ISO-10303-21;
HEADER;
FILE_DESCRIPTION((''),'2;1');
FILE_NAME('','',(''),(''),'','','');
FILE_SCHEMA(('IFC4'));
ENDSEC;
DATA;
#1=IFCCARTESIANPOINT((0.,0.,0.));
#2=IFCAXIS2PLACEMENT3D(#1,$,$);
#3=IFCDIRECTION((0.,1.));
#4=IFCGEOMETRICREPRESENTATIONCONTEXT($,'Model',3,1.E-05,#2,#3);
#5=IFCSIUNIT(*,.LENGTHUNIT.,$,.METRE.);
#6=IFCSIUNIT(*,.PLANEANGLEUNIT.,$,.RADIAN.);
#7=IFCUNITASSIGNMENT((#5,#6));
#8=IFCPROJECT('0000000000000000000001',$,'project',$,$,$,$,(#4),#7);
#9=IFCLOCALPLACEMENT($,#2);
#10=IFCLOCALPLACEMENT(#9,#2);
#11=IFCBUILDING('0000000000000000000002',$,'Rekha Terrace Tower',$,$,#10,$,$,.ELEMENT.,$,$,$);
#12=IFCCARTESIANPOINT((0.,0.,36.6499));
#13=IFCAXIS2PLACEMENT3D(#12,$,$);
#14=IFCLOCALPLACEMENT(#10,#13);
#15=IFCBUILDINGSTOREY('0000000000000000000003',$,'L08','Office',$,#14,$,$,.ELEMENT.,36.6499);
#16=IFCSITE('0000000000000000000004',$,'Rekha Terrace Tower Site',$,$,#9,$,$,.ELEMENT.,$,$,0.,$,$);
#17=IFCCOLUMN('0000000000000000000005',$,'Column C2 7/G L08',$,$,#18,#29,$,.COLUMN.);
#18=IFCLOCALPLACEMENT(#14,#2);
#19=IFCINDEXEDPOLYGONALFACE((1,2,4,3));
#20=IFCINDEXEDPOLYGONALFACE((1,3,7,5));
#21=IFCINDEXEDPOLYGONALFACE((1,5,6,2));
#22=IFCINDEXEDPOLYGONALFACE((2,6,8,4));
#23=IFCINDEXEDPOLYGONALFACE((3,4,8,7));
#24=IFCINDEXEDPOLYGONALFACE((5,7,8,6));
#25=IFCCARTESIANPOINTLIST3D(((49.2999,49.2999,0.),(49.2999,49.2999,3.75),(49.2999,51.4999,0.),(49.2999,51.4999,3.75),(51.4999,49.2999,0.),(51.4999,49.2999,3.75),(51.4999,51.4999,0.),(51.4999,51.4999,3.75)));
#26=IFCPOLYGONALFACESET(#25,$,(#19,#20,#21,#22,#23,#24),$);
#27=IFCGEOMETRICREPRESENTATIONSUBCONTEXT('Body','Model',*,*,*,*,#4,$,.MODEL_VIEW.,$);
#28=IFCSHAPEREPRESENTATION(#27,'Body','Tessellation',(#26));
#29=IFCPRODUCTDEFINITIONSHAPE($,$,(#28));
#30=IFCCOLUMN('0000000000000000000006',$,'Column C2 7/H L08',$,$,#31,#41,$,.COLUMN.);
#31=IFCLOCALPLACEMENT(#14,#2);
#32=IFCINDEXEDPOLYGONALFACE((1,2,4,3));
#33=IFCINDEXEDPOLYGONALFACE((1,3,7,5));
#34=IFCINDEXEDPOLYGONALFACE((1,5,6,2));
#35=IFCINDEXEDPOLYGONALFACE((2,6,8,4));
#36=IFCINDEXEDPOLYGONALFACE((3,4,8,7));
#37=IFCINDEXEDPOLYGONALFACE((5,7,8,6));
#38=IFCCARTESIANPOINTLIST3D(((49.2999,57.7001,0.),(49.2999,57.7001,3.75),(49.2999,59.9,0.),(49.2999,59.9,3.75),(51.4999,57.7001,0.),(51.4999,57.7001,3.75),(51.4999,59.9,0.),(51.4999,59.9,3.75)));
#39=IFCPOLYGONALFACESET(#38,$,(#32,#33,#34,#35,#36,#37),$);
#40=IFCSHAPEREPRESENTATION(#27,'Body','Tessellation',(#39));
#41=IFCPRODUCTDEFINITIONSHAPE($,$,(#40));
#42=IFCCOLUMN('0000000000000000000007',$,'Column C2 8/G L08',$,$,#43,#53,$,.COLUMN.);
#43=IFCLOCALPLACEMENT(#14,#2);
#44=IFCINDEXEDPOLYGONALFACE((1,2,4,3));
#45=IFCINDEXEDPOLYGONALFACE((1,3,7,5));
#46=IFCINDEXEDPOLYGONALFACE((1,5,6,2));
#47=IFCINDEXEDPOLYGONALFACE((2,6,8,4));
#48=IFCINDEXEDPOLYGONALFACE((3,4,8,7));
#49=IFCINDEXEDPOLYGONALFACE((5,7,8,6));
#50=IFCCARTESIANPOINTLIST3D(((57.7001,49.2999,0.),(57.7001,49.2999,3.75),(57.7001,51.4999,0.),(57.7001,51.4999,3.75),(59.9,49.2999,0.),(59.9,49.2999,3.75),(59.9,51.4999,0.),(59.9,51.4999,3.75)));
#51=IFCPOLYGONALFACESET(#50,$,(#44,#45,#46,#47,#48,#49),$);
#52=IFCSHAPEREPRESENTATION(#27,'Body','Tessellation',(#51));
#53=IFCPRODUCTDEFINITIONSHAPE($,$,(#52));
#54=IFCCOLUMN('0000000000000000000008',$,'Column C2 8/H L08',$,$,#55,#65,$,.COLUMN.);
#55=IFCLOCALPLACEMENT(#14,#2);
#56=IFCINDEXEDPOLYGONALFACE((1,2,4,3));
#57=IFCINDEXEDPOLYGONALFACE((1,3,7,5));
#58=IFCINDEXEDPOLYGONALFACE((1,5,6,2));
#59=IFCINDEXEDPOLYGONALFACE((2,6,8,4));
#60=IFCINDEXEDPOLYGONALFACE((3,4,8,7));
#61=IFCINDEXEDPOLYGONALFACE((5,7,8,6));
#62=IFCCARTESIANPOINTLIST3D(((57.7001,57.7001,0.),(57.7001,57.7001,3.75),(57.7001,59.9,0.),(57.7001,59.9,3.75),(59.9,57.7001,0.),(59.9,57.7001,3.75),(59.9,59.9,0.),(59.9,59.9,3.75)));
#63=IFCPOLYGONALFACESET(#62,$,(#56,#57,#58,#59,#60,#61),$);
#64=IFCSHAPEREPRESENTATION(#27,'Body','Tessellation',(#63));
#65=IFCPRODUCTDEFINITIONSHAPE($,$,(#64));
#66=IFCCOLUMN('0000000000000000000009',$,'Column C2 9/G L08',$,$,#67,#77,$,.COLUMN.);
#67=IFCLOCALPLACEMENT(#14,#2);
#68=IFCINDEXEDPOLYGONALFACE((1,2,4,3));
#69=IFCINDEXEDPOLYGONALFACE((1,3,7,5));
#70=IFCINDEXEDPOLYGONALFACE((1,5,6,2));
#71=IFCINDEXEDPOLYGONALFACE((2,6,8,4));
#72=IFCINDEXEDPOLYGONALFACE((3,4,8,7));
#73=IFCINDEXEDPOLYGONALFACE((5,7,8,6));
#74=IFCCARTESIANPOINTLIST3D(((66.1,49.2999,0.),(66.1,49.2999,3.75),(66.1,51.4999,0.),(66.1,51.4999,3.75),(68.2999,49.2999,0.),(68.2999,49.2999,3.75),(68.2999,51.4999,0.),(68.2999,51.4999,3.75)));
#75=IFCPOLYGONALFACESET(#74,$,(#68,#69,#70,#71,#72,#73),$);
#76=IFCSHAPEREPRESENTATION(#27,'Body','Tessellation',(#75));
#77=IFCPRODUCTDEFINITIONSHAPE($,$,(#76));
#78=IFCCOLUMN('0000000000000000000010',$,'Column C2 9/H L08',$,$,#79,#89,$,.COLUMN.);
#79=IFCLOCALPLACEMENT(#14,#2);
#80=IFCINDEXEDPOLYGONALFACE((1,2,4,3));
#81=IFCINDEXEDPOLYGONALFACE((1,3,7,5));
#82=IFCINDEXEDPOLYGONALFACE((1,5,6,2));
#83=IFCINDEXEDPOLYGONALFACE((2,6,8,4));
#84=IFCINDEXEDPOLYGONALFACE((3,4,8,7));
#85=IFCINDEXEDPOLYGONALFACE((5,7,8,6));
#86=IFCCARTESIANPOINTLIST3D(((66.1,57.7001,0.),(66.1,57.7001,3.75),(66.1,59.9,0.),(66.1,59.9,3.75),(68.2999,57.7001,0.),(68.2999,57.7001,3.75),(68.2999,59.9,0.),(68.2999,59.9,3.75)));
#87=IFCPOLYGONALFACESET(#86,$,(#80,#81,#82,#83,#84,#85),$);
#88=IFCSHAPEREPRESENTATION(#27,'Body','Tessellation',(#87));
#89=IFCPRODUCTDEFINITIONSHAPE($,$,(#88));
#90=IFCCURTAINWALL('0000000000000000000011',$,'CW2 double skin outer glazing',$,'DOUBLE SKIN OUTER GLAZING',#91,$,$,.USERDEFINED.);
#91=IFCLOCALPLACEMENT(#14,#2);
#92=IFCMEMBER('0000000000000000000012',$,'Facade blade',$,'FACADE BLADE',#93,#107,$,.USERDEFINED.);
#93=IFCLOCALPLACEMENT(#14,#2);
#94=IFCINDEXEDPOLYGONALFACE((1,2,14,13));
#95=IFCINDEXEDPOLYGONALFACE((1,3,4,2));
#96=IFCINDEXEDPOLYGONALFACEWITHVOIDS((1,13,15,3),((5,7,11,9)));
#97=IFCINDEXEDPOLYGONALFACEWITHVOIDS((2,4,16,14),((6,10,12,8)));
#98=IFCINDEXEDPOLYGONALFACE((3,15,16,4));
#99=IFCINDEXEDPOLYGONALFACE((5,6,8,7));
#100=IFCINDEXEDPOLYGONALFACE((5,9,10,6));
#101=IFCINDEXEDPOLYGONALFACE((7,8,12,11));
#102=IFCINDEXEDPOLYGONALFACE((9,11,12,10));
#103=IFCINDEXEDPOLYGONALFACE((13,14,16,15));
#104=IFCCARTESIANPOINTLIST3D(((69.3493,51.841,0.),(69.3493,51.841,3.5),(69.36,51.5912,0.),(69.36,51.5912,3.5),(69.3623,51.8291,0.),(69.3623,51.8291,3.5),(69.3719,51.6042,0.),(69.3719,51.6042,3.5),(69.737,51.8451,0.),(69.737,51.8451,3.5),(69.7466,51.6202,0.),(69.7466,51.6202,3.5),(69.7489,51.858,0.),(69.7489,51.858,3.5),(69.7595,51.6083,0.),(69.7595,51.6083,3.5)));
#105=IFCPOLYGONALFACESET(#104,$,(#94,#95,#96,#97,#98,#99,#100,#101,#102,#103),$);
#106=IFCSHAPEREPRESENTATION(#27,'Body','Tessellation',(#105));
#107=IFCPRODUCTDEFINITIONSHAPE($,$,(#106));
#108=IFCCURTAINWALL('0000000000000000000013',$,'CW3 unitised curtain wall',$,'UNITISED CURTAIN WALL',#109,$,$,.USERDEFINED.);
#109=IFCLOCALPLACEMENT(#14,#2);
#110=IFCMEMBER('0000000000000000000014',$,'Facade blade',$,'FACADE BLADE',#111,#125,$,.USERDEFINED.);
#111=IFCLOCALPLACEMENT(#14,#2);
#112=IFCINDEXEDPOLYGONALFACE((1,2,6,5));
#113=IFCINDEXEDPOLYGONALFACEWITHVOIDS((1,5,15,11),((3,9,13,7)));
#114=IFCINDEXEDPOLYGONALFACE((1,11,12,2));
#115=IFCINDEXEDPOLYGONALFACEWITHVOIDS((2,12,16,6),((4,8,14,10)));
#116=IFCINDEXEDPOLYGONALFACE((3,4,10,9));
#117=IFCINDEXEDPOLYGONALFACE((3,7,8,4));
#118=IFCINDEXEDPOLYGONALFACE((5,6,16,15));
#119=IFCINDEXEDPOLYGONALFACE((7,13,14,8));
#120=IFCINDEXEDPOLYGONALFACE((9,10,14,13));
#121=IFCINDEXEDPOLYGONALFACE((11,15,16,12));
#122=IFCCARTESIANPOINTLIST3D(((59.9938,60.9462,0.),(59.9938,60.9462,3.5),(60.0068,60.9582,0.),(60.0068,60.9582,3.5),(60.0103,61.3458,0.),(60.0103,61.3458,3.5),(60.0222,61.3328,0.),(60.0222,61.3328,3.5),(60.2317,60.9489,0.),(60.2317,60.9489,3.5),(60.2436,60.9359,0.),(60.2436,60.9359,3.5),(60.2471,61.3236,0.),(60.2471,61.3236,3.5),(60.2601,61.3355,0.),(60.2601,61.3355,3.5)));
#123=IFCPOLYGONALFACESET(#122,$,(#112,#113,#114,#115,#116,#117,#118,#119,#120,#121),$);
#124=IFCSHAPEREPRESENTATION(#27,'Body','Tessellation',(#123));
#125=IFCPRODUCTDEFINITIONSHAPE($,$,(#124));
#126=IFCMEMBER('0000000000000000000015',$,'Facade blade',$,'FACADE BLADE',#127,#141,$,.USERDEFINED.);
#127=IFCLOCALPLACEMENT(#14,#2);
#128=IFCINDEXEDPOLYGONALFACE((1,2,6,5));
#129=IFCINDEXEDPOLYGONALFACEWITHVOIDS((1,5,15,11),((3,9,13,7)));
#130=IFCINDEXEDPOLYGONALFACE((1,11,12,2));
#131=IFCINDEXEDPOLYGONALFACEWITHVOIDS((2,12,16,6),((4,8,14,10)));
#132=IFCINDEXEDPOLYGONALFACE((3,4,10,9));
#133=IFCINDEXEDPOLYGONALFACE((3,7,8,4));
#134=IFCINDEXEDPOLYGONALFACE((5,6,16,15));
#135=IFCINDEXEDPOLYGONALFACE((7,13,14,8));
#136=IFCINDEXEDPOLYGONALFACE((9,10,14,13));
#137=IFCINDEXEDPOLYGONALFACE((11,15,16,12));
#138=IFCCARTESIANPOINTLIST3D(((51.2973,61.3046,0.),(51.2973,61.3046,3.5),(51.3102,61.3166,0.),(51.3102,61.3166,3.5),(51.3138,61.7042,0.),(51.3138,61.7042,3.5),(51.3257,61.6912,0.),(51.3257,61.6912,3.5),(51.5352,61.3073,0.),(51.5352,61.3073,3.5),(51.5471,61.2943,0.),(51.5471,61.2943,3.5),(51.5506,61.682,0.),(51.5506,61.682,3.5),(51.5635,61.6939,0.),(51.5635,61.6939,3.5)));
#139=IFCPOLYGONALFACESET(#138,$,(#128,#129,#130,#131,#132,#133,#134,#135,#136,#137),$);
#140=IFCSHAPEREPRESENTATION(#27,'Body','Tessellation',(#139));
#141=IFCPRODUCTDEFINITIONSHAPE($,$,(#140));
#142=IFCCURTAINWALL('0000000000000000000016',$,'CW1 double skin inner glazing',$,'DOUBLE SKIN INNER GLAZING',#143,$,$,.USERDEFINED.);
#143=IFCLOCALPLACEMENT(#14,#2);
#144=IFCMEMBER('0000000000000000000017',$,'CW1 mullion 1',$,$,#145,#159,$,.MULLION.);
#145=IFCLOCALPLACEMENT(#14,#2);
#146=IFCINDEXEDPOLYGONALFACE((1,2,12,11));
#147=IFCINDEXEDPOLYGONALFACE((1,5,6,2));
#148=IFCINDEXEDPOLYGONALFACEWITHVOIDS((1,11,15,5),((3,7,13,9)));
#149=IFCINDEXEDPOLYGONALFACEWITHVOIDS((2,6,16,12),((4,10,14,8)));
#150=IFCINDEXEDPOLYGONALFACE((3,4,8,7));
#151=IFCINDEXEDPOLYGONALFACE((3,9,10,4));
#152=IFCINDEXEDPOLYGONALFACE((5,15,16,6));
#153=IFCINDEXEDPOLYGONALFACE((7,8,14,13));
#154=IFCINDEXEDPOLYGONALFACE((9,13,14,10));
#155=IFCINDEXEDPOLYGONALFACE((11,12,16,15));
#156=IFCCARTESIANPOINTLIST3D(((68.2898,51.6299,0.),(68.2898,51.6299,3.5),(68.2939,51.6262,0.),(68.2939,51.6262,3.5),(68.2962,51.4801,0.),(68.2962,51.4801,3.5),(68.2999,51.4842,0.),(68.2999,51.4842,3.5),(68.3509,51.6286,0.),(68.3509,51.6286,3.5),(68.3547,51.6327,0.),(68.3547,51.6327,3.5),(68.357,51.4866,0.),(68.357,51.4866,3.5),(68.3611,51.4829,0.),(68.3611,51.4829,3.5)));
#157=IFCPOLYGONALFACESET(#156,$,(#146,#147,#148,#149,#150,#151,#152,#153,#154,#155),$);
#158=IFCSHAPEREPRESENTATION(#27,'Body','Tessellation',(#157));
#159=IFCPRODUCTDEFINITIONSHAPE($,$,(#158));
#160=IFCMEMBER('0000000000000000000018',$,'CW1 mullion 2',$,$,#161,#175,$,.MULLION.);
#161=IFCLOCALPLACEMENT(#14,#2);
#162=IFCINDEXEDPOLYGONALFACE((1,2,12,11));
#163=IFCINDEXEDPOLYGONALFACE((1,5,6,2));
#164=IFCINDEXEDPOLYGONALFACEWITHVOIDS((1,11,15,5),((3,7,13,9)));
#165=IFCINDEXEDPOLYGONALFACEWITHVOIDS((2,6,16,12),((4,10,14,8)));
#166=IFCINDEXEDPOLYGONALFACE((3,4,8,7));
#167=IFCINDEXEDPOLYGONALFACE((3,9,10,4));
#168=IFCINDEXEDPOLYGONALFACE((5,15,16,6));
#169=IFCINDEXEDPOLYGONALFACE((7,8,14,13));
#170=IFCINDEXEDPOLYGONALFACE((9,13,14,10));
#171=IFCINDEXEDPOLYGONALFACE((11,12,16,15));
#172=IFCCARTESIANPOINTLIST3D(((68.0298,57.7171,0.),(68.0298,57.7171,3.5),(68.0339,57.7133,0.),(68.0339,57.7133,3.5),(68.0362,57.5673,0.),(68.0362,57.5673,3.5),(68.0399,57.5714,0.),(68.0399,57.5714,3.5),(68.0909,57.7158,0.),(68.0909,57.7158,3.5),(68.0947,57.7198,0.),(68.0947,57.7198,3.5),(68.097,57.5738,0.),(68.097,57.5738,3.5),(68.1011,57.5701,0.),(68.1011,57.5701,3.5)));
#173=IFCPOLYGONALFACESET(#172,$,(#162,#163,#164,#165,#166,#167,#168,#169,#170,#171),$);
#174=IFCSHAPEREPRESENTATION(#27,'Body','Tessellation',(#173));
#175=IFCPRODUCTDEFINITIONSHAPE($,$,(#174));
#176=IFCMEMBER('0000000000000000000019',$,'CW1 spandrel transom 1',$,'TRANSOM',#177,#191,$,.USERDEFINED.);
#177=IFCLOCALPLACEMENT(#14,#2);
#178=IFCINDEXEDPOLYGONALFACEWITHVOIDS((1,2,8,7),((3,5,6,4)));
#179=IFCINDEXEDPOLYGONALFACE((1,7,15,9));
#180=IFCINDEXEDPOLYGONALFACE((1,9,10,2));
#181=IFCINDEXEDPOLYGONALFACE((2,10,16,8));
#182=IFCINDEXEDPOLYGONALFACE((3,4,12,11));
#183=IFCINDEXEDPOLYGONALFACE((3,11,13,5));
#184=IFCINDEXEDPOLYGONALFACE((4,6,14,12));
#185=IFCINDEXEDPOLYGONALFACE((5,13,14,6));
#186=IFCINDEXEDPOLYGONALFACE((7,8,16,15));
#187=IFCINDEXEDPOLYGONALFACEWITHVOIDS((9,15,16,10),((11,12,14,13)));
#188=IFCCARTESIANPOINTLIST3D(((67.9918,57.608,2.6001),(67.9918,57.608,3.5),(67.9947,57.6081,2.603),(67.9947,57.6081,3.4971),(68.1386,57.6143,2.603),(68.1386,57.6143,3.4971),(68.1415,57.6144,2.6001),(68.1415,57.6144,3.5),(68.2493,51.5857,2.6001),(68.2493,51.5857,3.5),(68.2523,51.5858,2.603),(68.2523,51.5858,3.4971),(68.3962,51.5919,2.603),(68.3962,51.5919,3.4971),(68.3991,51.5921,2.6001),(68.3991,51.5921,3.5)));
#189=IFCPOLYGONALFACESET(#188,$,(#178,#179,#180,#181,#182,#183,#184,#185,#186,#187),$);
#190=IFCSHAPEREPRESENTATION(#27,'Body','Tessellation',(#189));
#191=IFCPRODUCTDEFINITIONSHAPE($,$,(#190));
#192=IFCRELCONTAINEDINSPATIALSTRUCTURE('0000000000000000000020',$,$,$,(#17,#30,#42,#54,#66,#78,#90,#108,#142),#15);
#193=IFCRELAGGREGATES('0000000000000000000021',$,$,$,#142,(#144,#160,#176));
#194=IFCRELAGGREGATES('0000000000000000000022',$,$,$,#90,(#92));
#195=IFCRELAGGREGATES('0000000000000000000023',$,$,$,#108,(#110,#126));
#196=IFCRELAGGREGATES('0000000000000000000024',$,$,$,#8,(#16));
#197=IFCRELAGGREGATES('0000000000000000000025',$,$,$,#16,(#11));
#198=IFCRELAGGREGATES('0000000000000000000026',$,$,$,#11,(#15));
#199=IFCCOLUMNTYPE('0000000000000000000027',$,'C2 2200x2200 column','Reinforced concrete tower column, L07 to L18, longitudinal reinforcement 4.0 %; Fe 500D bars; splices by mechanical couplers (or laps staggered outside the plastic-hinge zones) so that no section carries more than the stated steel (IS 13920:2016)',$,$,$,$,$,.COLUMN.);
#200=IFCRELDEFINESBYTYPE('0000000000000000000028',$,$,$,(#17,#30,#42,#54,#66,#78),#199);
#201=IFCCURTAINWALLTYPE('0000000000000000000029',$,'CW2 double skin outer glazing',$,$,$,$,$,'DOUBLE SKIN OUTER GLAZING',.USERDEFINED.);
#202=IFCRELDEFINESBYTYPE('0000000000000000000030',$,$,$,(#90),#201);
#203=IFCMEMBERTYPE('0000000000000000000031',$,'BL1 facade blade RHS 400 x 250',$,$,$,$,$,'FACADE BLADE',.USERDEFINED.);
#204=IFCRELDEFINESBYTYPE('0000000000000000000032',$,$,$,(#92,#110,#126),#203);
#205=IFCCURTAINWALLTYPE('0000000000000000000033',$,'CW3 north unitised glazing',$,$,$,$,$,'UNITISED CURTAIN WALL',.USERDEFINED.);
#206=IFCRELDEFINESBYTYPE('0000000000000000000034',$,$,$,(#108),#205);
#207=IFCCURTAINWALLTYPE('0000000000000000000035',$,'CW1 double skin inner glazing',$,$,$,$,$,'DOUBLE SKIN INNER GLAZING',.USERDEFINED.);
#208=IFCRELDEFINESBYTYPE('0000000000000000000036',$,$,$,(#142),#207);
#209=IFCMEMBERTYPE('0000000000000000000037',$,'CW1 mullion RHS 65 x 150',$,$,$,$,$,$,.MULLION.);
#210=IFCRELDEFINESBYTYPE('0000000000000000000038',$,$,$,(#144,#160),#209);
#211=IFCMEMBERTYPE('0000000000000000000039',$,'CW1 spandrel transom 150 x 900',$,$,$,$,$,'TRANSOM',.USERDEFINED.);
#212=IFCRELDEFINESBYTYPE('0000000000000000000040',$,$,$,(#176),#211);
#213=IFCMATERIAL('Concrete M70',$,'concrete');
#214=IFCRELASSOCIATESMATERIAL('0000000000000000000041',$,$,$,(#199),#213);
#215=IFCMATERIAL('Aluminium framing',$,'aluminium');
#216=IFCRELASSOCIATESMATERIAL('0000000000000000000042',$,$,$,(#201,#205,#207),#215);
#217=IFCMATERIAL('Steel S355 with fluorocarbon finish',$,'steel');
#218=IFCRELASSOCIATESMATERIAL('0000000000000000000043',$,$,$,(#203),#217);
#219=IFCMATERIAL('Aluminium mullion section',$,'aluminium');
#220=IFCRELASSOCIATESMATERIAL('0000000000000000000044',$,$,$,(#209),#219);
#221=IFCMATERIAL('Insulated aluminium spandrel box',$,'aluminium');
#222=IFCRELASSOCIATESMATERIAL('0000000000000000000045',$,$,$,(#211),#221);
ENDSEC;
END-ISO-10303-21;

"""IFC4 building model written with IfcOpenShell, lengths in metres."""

from ifc_helpers import new_model, si_unit, direction, frame, origin, origin_2d, place, context, subcontext, project, spatial, rectangle, hollow_rectangle, extrude, material, material_profile, profile_set, type_object, element, aggregate, save


model = new_model("IFC4")

# Units and contexts
model_context = context("Model", 3, precision=1e-05, world=origin(), true_north=direction((0.0, 1.0)))
body_context = subcontext(model_context, "Body", "Model", "MODEL_VIEW")
ifc_project = project(units=[si_unit("LENGTHUNIT", "METRE"), si_unit("PLANEANGLEUNIT", "RADIAN")], contexts=[model_context])

# Site, building, storey
site_placement = place(None, origin())
site = spatial("IfcSite", under=ifc_project, at=site_placement, Name="Rekha Terrace Tower Site", CompositionType="ELEMENT", RefElevation=0.0)
building_placement = place(site_placement, origin())
building = spatial("IfcBuilding", under=site, at=building_placement, Name="Rekha Terrace Tower", CompositionType="ELEMENT")
storey_placement = place(building_placement, frame((0.0, 0.0, 36.6499)))
storey = spatial("IfcBuildingStorey", under=building, at=storey_placement, Name="L08", Description="Office", CompositionType="ELEMENT", Elevation=36.6499)

# Columns
ifc_material_1 = material(Name="Concrete M70", Category="concrete")
ifc_material_profile_1 = material_profile(ifc_material_1, rectangle(XDim=2.2, YDim=2.2, at=origin_2d()), Name="RC 2200x2200")
ifc_profile_set_1 = profile_set([ifc_material_profile_1], Name="Concrete M70")
column_type = type_object("IfcColumnType", Name="C2 2200x2200 column", Description="Reinforced concrete tower column, L07 to L18, longitudinal reinforcement 4.0 %; Fe 500D bars; splices by mechanical couplers (or laps staggered outside the plastic-hinge zones) so that no section carries more than the stated steel (IS 13920:2016)", PredefinedType="COLUMN", material=ifc_profile_set_1)
for number, where, z_axis, x_axis, name in (
    (1, (50.3999, 50.3999, 0.0), (0.0, 0.0, 1.0), (1.0, 0.0, 0.0), "Column C2 7/G L08"),
    (2, (50.3999, 58.8, 0.0), (0.0, 0.0, 1.0), (1.0, 0.0, 0.0), "Column C2 7/H L08"),
    (3, (58.8, 50.3999, 0.0), (0.0, 0.0, 1.0), (1.0, 0.0, 0.0), "Column C2 8/G L08"),
    (4, (58.8, 58.8, 0.0), (0.0, 0.0, 1.0), (1.0, 0.0, 0.0), "Column C2 8/H L08"),
    (5, (67.2, 50.3999, 0.0), (0.0, 0.0, 1.0), (1.0, 0.0, 0.0), "Column C2 9/G L08"),
    (6, (67.2, 58.8, 0.0), (0.0, 0.0, 1.0), (1.0, 0.0, 0.0), "Column C2 9/H L08"),
):
    element("IfcColumn", number, at=place(storey_placement, frame(where, z_axis=z_axis, x_axis=x_axis)), inside=storey, type_object=column_type, Name=name, PredefinedType="COLUMN", context=body_context, shape_type="SweptSolid", body=[
        extrude(rectangle(XDim=2.2, YDim=2.2, at=origin_2d()), origin(), (0.0, 0.0, 1.0), 3.75),
    ])

# Curtain wall, member
ifc_material_2 = material(Name="Aluminium framing", Category="aluminium")
curtain_wall_type_1 = type_object("IfcCurtainWallType", Name="CW2 double skin outer glazing", ElementType="DOUBLE SKIN OUTER GLAZING", PredefinedType="USERDEFINED", material=ifc_material_2)
curtain_wall_1_placement = place(storey_placement, origin())
curtain_wall_1 = element("IfcCurtainWall", 7, at=curtain_wall_1_placement, inside=storey, type_object=curtain_wall_type_1, Name="CW2 double skin outer glazing", ObjectType="DOUBLE SKIN OUTER GLAZING", PredefinedType="USERDEFINED")
ifc_material_3 = material(Name="Steel S355 with fluorocarbon finish", Category="steel")
ifc_material_profile_2 = material_profile(ifc_material_3, hollow_rectangle(XDim=0.25, YDim=0.3999, WallThickness=0.0125, at=origin_2d()), Name="RHS400x250x12.5")
ifc_profile_set_2 = profile_set([ifc_material_profile_2], Name="Steel S355 with fluorocarbon finish")
member_type_1 = type_object("IfcMemberType", Name="BL1 facade blade RHS 400 x 250", ElementType="FACADE BLADE", PredefinedType="USERDEFINED", material=ifc_profile_set_2)
member_1_placement = place(storey_placement, frame((69.5544, 51.7246, 0.0), z_axis=(0.0, 0.0, 1.0), x_axis=(-0.042695, 0.999088, 0.0)))
member_1 = element("IfcMember", 8, at=member_1_placement, type_object=member_type_1, Name="Facade blade", ObjectType="FACADE BLADE", PredefinedType="USERDEFINED", context=body_context, shape_type="SweptSolid", body=[
    extrude(hollow_rectangle(XDim=0.25, YDim=0.3999, WallThickness=0.0125, at=origin_2d()), origin(), (0.0, 0.0, 1.0), 3.5),
])

# Curtain walls, members
curtain_wall_type_2 = type_object("IfcCurtainWallType", Name="CW3 north unitised glazing", ElementType="UNITISED CURTAIN WALL", PredefinedType="USERDEFINED", material=ifc_material_2)
curtain_wall_2_placement = place(storey_placement, origin())
curtain_wall_2 = element("IfcCurtainWall", 9, at=curtain_wall_2_placement, inside=storey, type_object=curtain_wall_type_2, Name="CW3 unitised curtain wall", ObjectType="UNITISED CURTAIN WALL", PredefinedType="USERDEFINED")
member_2_placement = place(storey_placement, frame((60.127, 61.1409, 0.0), z_axis=(0.0, 0.0, 1.0), x_axis=(-0.999152, 0.041175, 0.0)))
member_2 = element("IfcMember", 10, at=member_2_placement, type_object=member_type_1, Name="Facade blade", ObjectType="FACADE BLADE", PredefinedType="USERDEFINED", context=body_context, shape_type="SweptSolid", body=[
    extrude(hollow_rectangle(XDim=0.25, YDim=0.3999, WallThickness=0.0125, at=origin_2d()), origin(), (0.0, 0.0, 1.0), 3.5),
])
member_3_placement = place(storey_placement, frame((51.4304, 61.4993, 0.0), z_axis=(0.0, 0.0, 1.0), x_axis=(-0.999152, 0.041175, 0.0)))
member_3 = element("IfcMember", 11, at=member_3_placement, type_object=member_type_1, Name="Facade blade", ObjectType="FACADE BLADE", PredefinedType="USERDEFINED", context=body_context, shape_type="SweptSolid", body=[
    extrude(hollow_rectangle(XDim=0.25, YDim=0.3999, WallThickness=0.0125, at=origin_2d()), origin(), (0.0, 0.0, 1.0), 3.5),
])
curtain_wall_type_3 = type_object("IfcCurtainWallType", Name="CW1 double skin inner glazing", ElementType="DOUBLE SKIN INNER GLAZING", PredefinedType="USERDEFINED", material=ifc_material_2)
curtain_wall_3_placement = place(storey_placement, origin())
curtain_wall_3 = element("IfcCurtainWall", 12, at=curtain_wall_3_placement, inside=storey, type_object=curtain_wall_type_3, Name="CW1 double skin inner glazing", ObjectType="DOUBLE SKIN INNER GLAZING", PredefinedType="USERDEFINED")
ifc_material_4 = material(Name="Aluminium mullion section", Category="aluminium")
ifc_material_profile_3 = material_profile(ifc_material_4, hollow_rectangle(XDim=0.0649, YDim=0.1499, WallThickness=0.0039, at=origin_2d()), Name="AL RHS 65x150")
ifc_profile_set_3 = profile_set([ifc_material_profile_3], Name="Aluminium mullion section")
member_type_2 = type_object("IfcMemberType", Name="CW1 mullion RHS 65 x 150", PredefinedType="MULLION", material=ifc_profile_set_3)
member_4_placement = place(storey_placement, frame((68.3254, 51.5564, 0.0), z_axis=(0.0, 0.0, 1.0), x_axis=(-0.999088, -0.042696, 0.0)))
member_4 = element("IfcMember", 13, at=member_4_placement, type_object=member_type_2, Name="CW1 mullion 1", PredefinedType="MULLION", context=body_context, shape_type="SweptSolid", body=[
    extrude(hollow_rectangle(XDim=0.0649, YDim=0.1499, WallThickness=0.0039, at=origin_2d()), origin(), (0.0, 0.0, 1.0), 3.5),
])
member_5_placement = place(storey_placement, frame((68.0654, 57.6436, 0.0), z_axis=(0.0, 0.0, 1.0), x_axis=(-0.999088, -0.042696, 0.0)))
member_5 = element("IfcMember", 14, at=member_5_placement, type_object=member_type_2, Name="CW1 mullion 2", PredefinedType="MULLION", context=body_context, shape_type="SweptSolid", body=[
    extrude(hollow_rectangle(XDim=0.0649, YDim=0.1499, WallThickness=0.0039, at=origin_2d()), origin(), (0.0, 0.0, 1.0), 3.5),
])
ifc_material_5 = material(Name="Insulated aluminium spandrel box", Category="aluminium")
ifc_material_profile_4 = material_profile(ifc_material_5, hollow_rectangle(XDim=0.1499, YDim=0.8999, WallThickness=0.0029, at=origin_2d()), Name="AL SPANDREL BOX 150x900")
ifc_profile_set_4 = profile_set([ifc_material_profile_4], Name="Insulated aluminium spandrel box")
member_type_3 = type_object("IfcMemberType", Name="CW1 spandrel transom 150 x 900", ElementType="TRANSOM", PredefinedType="USERDEFINED", material=ifc_profile_set_4)
member_6_placement = place(storey_placement, frame((68.3242, 51.5889, 3.05), z_axis=(-0.042731, 0.999087, 0.0), x_axis=(-0.999087, -0.042731, 0.0)))
member_6 = element("IfcMember", 15, at=member_6_placement, type_object=member_type_3, Name="CW1 spandrel transom 1", ObjectType="TRANSOM", PredefinedType="USERDEFINED", context=body_context, shape_type="SweptSolid", body=[
    extrude(hollow_rectangle(XDim=0.1499, YDim=0.8999, WallThickness=0.0029, at=origin_2d()), origin(), (0.0, 0.0, 1.0), 6.0278),
])

aggregate(curtain_wall_3, [member_4, member_5, member_6])
aggregate(curtain_wall_1, [member_1])
aggregate(curtain_wall_2, [member_2, member_3])

save(model, "model.ifc")
